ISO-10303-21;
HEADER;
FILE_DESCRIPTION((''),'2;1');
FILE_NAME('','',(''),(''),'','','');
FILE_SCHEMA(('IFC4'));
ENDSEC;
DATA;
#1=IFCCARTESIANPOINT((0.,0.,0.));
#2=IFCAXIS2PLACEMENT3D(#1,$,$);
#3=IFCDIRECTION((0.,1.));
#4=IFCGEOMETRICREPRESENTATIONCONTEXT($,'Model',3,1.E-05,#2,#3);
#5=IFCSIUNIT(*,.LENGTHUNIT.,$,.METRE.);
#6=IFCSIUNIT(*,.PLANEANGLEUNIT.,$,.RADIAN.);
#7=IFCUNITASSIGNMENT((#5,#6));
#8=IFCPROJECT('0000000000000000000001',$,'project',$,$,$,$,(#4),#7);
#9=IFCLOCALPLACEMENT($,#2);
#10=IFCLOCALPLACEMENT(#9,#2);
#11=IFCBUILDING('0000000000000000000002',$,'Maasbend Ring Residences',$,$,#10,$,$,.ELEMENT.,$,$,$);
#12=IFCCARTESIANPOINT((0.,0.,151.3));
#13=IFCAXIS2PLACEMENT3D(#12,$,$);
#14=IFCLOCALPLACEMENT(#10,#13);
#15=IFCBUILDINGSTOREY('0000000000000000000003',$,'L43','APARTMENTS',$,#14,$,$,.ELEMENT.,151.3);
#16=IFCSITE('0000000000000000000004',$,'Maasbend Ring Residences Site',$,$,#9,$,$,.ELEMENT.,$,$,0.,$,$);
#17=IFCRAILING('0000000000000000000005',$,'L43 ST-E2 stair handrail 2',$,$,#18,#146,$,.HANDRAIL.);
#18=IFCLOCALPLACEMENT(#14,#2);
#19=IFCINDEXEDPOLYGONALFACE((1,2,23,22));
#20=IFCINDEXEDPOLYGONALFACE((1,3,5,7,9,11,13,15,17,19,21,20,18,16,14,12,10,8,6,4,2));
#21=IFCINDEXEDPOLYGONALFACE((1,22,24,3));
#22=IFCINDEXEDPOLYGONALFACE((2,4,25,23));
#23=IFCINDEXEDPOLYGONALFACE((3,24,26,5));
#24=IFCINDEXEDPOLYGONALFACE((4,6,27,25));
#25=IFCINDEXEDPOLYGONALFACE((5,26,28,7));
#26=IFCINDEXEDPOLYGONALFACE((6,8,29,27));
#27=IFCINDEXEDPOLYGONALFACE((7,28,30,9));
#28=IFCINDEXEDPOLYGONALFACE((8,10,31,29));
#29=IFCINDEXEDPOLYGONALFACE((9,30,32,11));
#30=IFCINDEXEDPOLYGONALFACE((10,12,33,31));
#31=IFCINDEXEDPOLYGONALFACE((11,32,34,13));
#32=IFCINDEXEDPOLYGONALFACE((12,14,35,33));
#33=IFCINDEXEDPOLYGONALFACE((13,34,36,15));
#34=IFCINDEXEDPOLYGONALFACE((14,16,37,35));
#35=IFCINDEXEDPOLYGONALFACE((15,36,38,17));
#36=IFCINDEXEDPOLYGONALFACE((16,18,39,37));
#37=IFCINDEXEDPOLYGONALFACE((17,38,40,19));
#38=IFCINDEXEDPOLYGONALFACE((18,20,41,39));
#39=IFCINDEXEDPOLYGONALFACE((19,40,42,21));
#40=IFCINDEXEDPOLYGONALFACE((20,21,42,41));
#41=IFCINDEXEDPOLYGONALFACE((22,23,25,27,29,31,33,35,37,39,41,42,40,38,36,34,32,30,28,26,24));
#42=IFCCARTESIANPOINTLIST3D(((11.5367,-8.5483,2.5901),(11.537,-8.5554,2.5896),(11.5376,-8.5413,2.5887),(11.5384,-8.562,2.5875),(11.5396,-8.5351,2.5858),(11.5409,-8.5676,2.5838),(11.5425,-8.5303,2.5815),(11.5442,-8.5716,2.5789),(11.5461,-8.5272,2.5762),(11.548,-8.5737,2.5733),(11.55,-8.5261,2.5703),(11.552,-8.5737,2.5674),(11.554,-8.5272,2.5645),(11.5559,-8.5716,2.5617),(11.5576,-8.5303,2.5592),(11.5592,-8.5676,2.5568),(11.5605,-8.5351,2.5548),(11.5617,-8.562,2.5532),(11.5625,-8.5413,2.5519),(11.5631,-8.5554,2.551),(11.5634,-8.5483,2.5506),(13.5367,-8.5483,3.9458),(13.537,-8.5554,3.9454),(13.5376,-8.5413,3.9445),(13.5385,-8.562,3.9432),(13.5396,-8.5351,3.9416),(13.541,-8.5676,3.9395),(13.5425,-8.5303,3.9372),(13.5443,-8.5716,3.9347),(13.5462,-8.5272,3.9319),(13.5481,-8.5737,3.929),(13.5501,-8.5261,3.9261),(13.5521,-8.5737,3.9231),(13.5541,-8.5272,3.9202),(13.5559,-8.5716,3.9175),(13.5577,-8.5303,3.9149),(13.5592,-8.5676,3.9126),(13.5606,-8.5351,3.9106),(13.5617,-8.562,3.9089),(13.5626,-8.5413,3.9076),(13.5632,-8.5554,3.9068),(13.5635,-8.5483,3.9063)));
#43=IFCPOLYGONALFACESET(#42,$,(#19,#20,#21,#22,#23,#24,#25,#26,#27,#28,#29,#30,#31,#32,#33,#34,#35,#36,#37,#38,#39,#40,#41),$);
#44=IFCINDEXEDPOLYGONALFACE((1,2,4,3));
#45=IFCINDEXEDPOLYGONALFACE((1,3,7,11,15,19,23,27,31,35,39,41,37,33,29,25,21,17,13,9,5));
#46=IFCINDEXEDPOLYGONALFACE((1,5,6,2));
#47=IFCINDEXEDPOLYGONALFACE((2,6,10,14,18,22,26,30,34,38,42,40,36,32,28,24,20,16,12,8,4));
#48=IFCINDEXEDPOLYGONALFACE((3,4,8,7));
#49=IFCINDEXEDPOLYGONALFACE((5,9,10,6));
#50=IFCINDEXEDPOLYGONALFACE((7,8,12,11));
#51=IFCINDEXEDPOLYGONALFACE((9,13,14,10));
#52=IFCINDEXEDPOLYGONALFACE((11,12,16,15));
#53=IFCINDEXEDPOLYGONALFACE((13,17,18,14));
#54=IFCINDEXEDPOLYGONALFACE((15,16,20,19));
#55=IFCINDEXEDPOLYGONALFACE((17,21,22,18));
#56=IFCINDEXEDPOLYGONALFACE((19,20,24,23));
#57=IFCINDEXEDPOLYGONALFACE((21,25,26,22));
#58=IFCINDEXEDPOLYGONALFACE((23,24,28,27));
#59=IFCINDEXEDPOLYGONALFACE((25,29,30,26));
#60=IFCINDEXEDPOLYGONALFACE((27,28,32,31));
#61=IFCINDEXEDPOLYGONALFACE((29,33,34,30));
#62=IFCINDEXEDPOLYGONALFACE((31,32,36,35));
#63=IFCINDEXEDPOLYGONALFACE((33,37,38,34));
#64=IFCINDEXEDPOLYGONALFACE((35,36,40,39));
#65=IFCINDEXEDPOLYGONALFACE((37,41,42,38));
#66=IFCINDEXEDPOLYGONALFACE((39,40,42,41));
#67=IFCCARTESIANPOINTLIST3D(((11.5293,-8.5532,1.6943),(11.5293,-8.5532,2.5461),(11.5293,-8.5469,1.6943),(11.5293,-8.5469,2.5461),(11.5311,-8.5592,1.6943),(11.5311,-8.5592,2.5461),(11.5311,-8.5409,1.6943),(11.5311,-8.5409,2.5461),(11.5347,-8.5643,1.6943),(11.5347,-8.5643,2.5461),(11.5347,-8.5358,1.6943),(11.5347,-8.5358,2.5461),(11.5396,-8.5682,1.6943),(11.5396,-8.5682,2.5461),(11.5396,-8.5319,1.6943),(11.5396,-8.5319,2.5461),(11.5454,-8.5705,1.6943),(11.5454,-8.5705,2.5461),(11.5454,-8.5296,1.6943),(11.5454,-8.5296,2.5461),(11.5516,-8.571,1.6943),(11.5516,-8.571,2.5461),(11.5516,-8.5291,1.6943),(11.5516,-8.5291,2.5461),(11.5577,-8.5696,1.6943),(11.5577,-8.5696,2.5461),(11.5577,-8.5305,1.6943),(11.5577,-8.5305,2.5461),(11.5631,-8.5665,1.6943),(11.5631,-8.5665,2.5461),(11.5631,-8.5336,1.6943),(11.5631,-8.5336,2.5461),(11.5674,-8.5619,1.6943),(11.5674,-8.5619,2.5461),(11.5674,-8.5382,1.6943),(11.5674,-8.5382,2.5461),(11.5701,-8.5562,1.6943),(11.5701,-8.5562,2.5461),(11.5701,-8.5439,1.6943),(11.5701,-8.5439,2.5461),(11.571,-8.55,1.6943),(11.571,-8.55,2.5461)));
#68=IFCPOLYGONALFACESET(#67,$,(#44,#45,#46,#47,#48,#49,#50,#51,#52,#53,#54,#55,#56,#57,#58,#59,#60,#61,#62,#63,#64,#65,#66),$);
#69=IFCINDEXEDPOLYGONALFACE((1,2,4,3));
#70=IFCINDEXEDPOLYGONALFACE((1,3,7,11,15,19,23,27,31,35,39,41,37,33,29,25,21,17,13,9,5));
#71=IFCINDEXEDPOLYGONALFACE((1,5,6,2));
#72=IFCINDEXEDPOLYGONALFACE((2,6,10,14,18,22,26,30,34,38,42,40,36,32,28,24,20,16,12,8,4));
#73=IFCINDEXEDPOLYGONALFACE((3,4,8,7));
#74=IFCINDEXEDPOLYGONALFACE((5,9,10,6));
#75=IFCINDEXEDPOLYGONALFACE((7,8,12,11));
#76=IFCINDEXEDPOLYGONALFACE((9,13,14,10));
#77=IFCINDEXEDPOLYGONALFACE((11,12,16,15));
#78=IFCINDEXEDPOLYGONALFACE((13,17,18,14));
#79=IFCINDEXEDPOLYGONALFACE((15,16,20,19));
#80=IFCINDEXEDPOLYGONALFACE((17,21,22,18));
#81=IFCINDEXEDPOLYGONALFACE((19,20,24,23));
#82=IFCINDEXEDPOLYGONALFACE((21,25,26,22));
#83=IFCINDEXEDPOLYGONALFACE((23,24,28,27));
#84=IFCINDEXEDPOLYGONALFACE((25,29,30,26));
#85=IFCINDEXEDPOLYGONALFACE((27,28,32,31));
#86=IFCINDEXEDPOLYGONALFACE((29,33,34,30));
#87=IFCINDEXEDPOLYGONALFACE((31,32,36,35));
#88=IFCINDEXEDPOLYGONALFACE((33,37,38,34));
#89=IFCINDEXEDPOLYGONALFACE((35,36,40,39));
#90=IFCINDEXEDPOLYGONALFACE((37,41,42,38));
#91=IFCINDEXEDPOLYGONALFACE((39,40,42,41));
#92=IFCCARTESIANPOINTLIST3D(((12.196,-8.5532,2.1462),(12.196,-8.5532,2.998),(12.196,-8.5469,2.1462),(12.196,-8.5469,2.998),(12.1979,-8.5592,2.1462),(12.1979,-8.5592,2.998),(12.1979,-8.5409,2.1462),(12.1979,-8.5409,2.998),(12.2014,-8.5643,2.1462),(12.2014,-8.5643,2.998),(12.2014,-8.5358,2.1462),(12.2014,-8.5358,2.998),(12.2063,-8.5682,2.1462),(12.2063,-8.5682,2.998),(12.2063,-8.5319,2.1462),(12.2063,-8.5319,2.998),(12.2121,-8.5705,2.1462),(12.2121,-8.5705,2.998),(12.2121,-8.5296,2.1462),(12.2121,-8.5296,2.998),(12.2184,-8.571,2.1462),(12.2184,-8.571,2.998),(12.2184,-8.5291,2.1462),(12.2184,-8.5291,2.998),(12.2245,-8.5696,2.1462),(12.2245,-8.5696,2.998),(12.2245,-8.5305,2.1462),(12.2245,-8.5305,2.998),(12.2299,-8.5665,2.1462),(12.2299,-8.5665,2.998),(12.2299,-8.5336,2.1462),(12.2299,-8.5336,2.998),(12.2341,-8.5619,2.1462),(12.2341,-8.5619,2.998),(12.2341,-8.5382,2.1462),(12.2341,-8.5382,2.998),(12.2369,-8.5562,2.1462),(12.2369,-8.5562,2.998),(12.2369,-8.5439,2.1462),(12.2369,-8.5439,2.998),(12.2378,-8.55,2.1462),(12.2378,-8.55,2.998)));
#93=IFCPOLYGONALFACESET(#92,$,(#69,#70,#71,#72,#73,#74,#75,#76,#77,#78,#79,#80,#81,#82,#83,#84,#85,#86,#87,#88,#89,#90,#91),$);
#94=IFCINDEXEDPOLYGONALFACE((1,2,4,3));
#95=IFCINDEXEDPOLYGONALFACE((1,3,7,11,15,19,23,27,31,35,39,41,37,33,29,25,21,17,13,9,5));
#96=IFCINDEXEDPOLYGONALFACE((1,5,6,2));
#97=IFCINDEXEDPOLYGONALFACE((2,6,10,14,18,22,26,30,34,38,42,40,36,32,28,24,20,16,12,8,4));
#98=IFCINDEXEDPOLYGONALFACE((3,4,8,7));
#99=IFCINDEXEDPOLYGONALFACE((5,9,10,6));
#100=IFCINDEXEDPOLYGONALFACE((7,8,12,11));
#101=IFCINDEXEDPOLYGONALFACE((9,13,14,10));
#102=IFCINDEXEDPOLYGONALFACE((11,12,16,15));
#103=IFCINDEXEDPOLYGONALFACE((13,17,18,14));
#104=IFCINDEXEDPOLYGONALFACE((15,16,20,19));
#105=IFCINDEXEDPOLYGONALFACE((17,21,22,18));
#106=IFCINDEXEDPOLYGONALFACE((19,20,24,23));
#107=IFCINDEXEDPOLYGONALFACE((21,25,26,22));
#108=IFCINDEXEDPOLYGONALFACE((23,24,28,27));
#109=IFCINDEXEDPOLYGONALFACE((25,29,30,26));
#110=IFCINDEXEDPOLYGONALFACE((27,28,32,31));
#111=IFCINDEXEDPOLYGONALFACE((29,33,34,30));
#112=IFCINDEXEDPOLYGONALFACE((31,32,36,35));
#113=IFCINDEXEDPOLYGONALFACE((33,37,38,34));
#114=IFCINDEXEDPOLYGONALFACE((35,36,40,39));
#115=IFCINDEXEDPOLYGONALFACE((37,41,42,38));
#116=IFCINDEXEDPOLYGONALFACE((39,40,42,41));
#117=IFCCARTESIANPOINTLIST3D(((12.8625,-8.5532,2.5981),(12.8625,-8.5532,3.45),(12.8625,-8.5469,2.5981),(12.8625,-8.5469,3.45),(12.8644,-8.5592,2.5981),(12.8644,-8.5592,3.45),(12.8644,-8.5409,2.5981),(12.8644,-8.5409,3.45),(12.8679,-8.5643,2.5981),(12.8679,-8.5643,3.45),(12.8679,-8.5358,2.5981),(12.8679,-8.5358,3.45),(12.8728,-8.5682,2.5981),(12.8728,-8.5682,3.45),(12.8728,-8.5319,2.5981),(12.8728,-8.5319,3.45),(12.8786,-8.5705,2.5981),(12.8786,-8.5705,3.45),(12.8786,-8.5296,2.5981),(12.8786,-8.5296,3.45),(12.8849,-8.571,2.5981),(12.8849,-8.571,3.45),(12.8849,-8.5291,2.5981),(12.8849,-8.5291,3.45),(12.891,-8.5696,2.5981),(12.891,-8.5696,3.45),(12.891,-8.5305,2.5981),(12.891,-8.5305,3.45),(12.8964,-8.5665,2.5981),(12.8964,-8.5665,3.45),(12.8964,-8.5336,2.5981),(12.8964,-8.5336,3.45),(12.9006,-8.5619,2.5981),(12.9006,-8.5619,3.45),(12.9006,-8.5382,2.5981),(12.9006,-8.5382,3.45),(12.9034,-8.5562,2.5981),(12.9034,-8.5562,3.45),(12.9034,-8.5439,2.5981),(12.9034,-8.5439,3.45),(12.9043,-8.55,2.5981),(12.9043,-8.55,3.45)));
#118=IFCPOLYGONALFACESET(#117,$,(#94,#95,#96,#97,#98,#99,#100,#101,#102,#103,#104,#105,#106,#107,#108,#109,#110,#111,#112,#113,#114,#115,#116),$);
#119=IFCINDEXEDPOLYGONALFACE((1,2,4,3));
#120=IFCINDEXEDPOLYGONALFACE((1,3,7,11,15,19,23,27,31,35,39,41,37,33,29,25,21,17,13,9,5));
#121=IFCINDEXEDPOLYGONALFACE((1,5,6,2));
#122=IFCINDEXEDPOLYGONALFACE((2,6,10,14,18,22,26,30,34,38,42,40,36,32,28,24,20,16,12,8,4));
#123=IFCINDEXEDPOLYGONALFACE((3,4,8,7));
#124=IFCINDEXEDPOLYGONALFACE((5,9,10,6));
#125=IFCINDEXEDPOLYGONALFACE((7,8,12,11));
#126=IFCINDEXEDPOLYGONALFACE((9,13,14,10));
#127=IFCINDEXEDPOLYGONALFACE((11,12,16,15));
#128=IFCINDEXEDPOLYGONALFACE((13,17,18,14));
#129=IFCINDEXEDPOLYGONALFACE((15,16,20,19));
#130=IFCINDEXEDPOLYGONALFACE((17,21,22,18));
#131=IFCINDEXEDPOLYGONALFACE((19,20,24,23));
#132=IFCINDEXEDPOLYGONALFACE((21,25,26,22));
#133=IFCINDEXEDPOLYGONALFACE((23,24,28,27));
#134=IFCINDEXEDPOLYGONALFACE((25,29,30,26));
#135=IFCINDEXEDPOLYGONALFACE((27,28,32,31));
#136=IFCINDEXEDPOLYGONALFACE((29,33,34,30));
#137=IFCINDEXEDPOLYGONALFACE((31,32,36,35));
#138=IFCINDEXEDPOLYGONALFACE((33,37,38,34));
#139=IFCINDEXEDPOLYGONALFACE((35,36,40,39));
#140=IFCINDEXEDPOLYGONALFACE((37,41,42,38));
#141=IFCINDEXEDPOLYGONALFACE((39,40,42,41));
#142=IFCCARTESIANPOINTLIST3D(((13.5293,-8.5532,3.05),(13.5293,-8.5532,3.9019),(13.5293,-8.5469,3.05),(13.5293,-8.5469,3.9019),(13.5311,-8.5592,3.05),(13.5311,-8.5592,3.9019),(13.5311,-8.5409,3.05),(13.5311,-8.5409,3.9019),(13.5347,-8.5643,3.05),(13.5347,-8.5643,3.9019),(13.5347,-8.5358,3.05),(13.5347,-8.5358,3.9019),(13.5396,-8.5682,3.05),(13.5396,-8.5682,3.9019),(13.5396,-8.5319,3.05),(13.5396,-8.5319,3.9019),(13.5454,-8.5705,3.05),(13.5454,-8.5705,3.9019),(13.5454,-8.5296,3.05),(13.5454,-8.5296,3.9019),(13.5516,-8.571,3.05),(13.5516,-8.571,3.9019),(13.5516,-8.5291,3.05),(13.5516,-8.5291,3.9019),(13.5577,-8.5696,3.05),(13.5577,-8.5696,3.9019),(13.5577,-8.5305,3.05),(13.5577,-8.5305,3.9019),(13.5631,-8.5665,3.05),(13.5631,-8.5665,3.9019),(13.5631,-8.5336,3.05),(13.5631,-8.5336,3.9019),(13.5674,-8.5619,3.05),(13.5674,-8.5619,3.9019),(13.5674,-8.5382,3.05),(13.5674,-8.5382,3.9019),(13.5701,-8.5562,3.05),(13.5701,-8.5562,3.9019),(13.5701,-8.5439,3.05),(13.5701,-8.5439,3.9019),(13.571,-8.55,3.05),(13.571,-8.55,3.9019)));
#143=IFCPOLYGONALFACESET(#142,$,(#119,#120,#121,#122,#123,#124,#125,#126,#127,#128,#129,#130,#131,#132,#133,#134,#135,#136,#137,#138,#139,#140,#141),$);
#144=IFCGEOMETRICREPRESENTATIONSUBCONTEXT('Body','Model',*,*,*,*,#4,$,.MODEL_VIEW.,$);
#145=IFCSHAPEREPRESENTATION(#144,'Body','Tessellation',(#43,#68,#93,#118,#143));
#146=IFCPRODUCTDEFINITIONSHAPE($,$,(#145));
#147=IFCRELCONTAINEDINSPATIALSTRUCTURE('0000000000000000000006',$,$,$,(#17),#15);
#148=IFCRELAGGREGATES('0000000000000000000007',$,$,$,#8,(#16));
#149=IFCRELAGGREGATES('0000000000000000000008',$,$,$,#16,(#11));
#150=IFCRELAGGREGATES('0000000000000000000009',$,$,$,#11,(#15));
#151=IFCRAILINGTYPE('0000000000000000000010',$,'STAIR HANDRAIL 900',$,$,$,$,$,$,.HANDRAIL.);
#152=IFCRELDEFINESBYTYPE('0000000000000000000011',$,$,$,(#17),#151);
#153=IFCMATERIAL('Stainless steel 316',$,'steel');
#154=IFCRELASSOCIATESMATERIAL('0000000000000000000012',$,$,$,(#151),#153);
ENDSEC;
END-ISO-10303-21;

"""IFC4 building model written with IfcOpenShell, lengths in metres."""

from ifc_helpers import new_model, si_unit, direction, frame, origin, origin_2d, place, context, subcontext, project, spatial, circle, extrude, material, type_object, element, save


model = new_model("IFC4")

# Units and contexts
model_context = context("Model", 3, precision=1e-05, world=origin(), true_north=direction((0.0, 1.0)))
body_context = subcontext(model_context, "Body", "Model", "MODEL_VIEW")
ifc_project = project(units=[si_unit("LENGTHUNIT", "METRE"), si_unit("PLANEANGLEUNIT", "RADIAN")], contexts=[model_context])

# Site, building, storey
site_placement = place(None, origin())
site = spatial("IfcSite", under=ifc_project, at=site_placement, Name="Maasbend Ring Residences Site", CompositionType="ELEMENT", RefElevation=0.0)
building_placement = place(site_placement, origin())
building = spatial("IfcBuilding", under=site, at=building_placement, Name="Maasbend Ring Residences", CompositionType="ELEMENT")
storey_placement = place(building_placement, frame((0.0, 0.0, 151.3)))
storey = spatial("IfcBuildingStorey", under=building, at=storey_placement, Name="L43", Description="APARTMENTS", CompositionType="ELEMENT", Elevation=151.3)

# Railing
ifc_material_1 = material(Name="Stainless steel 316", Category="steel")
railing_type = type_object("IfcRailingType", Name="STAIR HANDRAIL 900", PredefinedType="HANDRAIL", material=ifc_material_1)
railing_1_placement = place(storey_placement, frame((11.55, -8.55, 1.6943)))
element("IfcRailing", 1, at=railing_1_placement, inside=storey, type_object=railing_type, Name="L43 ST-E2 stair handrail 2", PredefinedType="HANDRAIL", context=body_context, shape_type="SweptSolid", body=[
    extrude(circle(Radius=0.0239, at=origin_2d()), frame((0.0, 0.0, 0.876), z_axis=(0.827751, 0.0, 0.561096), x_axis=(0.0, 1.0, 0.0)), (0.0, 0.0, 1.0), 2.4163),
    extrude(circle(Radius=0.021, at=origin_2d()), origin(), (0.0, 0.0, 1.0), 0.8518),
    extrude(circle(Radius=0.021, at=origin_2d()), frame((0.6667, 0.0, 0.4519)), (0.0, 0.0, 1.0), 0.8518),
    extrude(circle(Radius=0.021, at=origin_2d()), frame((1.3333, 0.0, 0.9038)), (0.0, 0.0, 1.0), 0.8518),
    extrude(circle(Radius=0.021, at=origin_2d()), frame((2.0, 0.0, 1.3557)), (0.0, 0.0, 1.0), 0.8518),
])

save(model, "model.ifc")
